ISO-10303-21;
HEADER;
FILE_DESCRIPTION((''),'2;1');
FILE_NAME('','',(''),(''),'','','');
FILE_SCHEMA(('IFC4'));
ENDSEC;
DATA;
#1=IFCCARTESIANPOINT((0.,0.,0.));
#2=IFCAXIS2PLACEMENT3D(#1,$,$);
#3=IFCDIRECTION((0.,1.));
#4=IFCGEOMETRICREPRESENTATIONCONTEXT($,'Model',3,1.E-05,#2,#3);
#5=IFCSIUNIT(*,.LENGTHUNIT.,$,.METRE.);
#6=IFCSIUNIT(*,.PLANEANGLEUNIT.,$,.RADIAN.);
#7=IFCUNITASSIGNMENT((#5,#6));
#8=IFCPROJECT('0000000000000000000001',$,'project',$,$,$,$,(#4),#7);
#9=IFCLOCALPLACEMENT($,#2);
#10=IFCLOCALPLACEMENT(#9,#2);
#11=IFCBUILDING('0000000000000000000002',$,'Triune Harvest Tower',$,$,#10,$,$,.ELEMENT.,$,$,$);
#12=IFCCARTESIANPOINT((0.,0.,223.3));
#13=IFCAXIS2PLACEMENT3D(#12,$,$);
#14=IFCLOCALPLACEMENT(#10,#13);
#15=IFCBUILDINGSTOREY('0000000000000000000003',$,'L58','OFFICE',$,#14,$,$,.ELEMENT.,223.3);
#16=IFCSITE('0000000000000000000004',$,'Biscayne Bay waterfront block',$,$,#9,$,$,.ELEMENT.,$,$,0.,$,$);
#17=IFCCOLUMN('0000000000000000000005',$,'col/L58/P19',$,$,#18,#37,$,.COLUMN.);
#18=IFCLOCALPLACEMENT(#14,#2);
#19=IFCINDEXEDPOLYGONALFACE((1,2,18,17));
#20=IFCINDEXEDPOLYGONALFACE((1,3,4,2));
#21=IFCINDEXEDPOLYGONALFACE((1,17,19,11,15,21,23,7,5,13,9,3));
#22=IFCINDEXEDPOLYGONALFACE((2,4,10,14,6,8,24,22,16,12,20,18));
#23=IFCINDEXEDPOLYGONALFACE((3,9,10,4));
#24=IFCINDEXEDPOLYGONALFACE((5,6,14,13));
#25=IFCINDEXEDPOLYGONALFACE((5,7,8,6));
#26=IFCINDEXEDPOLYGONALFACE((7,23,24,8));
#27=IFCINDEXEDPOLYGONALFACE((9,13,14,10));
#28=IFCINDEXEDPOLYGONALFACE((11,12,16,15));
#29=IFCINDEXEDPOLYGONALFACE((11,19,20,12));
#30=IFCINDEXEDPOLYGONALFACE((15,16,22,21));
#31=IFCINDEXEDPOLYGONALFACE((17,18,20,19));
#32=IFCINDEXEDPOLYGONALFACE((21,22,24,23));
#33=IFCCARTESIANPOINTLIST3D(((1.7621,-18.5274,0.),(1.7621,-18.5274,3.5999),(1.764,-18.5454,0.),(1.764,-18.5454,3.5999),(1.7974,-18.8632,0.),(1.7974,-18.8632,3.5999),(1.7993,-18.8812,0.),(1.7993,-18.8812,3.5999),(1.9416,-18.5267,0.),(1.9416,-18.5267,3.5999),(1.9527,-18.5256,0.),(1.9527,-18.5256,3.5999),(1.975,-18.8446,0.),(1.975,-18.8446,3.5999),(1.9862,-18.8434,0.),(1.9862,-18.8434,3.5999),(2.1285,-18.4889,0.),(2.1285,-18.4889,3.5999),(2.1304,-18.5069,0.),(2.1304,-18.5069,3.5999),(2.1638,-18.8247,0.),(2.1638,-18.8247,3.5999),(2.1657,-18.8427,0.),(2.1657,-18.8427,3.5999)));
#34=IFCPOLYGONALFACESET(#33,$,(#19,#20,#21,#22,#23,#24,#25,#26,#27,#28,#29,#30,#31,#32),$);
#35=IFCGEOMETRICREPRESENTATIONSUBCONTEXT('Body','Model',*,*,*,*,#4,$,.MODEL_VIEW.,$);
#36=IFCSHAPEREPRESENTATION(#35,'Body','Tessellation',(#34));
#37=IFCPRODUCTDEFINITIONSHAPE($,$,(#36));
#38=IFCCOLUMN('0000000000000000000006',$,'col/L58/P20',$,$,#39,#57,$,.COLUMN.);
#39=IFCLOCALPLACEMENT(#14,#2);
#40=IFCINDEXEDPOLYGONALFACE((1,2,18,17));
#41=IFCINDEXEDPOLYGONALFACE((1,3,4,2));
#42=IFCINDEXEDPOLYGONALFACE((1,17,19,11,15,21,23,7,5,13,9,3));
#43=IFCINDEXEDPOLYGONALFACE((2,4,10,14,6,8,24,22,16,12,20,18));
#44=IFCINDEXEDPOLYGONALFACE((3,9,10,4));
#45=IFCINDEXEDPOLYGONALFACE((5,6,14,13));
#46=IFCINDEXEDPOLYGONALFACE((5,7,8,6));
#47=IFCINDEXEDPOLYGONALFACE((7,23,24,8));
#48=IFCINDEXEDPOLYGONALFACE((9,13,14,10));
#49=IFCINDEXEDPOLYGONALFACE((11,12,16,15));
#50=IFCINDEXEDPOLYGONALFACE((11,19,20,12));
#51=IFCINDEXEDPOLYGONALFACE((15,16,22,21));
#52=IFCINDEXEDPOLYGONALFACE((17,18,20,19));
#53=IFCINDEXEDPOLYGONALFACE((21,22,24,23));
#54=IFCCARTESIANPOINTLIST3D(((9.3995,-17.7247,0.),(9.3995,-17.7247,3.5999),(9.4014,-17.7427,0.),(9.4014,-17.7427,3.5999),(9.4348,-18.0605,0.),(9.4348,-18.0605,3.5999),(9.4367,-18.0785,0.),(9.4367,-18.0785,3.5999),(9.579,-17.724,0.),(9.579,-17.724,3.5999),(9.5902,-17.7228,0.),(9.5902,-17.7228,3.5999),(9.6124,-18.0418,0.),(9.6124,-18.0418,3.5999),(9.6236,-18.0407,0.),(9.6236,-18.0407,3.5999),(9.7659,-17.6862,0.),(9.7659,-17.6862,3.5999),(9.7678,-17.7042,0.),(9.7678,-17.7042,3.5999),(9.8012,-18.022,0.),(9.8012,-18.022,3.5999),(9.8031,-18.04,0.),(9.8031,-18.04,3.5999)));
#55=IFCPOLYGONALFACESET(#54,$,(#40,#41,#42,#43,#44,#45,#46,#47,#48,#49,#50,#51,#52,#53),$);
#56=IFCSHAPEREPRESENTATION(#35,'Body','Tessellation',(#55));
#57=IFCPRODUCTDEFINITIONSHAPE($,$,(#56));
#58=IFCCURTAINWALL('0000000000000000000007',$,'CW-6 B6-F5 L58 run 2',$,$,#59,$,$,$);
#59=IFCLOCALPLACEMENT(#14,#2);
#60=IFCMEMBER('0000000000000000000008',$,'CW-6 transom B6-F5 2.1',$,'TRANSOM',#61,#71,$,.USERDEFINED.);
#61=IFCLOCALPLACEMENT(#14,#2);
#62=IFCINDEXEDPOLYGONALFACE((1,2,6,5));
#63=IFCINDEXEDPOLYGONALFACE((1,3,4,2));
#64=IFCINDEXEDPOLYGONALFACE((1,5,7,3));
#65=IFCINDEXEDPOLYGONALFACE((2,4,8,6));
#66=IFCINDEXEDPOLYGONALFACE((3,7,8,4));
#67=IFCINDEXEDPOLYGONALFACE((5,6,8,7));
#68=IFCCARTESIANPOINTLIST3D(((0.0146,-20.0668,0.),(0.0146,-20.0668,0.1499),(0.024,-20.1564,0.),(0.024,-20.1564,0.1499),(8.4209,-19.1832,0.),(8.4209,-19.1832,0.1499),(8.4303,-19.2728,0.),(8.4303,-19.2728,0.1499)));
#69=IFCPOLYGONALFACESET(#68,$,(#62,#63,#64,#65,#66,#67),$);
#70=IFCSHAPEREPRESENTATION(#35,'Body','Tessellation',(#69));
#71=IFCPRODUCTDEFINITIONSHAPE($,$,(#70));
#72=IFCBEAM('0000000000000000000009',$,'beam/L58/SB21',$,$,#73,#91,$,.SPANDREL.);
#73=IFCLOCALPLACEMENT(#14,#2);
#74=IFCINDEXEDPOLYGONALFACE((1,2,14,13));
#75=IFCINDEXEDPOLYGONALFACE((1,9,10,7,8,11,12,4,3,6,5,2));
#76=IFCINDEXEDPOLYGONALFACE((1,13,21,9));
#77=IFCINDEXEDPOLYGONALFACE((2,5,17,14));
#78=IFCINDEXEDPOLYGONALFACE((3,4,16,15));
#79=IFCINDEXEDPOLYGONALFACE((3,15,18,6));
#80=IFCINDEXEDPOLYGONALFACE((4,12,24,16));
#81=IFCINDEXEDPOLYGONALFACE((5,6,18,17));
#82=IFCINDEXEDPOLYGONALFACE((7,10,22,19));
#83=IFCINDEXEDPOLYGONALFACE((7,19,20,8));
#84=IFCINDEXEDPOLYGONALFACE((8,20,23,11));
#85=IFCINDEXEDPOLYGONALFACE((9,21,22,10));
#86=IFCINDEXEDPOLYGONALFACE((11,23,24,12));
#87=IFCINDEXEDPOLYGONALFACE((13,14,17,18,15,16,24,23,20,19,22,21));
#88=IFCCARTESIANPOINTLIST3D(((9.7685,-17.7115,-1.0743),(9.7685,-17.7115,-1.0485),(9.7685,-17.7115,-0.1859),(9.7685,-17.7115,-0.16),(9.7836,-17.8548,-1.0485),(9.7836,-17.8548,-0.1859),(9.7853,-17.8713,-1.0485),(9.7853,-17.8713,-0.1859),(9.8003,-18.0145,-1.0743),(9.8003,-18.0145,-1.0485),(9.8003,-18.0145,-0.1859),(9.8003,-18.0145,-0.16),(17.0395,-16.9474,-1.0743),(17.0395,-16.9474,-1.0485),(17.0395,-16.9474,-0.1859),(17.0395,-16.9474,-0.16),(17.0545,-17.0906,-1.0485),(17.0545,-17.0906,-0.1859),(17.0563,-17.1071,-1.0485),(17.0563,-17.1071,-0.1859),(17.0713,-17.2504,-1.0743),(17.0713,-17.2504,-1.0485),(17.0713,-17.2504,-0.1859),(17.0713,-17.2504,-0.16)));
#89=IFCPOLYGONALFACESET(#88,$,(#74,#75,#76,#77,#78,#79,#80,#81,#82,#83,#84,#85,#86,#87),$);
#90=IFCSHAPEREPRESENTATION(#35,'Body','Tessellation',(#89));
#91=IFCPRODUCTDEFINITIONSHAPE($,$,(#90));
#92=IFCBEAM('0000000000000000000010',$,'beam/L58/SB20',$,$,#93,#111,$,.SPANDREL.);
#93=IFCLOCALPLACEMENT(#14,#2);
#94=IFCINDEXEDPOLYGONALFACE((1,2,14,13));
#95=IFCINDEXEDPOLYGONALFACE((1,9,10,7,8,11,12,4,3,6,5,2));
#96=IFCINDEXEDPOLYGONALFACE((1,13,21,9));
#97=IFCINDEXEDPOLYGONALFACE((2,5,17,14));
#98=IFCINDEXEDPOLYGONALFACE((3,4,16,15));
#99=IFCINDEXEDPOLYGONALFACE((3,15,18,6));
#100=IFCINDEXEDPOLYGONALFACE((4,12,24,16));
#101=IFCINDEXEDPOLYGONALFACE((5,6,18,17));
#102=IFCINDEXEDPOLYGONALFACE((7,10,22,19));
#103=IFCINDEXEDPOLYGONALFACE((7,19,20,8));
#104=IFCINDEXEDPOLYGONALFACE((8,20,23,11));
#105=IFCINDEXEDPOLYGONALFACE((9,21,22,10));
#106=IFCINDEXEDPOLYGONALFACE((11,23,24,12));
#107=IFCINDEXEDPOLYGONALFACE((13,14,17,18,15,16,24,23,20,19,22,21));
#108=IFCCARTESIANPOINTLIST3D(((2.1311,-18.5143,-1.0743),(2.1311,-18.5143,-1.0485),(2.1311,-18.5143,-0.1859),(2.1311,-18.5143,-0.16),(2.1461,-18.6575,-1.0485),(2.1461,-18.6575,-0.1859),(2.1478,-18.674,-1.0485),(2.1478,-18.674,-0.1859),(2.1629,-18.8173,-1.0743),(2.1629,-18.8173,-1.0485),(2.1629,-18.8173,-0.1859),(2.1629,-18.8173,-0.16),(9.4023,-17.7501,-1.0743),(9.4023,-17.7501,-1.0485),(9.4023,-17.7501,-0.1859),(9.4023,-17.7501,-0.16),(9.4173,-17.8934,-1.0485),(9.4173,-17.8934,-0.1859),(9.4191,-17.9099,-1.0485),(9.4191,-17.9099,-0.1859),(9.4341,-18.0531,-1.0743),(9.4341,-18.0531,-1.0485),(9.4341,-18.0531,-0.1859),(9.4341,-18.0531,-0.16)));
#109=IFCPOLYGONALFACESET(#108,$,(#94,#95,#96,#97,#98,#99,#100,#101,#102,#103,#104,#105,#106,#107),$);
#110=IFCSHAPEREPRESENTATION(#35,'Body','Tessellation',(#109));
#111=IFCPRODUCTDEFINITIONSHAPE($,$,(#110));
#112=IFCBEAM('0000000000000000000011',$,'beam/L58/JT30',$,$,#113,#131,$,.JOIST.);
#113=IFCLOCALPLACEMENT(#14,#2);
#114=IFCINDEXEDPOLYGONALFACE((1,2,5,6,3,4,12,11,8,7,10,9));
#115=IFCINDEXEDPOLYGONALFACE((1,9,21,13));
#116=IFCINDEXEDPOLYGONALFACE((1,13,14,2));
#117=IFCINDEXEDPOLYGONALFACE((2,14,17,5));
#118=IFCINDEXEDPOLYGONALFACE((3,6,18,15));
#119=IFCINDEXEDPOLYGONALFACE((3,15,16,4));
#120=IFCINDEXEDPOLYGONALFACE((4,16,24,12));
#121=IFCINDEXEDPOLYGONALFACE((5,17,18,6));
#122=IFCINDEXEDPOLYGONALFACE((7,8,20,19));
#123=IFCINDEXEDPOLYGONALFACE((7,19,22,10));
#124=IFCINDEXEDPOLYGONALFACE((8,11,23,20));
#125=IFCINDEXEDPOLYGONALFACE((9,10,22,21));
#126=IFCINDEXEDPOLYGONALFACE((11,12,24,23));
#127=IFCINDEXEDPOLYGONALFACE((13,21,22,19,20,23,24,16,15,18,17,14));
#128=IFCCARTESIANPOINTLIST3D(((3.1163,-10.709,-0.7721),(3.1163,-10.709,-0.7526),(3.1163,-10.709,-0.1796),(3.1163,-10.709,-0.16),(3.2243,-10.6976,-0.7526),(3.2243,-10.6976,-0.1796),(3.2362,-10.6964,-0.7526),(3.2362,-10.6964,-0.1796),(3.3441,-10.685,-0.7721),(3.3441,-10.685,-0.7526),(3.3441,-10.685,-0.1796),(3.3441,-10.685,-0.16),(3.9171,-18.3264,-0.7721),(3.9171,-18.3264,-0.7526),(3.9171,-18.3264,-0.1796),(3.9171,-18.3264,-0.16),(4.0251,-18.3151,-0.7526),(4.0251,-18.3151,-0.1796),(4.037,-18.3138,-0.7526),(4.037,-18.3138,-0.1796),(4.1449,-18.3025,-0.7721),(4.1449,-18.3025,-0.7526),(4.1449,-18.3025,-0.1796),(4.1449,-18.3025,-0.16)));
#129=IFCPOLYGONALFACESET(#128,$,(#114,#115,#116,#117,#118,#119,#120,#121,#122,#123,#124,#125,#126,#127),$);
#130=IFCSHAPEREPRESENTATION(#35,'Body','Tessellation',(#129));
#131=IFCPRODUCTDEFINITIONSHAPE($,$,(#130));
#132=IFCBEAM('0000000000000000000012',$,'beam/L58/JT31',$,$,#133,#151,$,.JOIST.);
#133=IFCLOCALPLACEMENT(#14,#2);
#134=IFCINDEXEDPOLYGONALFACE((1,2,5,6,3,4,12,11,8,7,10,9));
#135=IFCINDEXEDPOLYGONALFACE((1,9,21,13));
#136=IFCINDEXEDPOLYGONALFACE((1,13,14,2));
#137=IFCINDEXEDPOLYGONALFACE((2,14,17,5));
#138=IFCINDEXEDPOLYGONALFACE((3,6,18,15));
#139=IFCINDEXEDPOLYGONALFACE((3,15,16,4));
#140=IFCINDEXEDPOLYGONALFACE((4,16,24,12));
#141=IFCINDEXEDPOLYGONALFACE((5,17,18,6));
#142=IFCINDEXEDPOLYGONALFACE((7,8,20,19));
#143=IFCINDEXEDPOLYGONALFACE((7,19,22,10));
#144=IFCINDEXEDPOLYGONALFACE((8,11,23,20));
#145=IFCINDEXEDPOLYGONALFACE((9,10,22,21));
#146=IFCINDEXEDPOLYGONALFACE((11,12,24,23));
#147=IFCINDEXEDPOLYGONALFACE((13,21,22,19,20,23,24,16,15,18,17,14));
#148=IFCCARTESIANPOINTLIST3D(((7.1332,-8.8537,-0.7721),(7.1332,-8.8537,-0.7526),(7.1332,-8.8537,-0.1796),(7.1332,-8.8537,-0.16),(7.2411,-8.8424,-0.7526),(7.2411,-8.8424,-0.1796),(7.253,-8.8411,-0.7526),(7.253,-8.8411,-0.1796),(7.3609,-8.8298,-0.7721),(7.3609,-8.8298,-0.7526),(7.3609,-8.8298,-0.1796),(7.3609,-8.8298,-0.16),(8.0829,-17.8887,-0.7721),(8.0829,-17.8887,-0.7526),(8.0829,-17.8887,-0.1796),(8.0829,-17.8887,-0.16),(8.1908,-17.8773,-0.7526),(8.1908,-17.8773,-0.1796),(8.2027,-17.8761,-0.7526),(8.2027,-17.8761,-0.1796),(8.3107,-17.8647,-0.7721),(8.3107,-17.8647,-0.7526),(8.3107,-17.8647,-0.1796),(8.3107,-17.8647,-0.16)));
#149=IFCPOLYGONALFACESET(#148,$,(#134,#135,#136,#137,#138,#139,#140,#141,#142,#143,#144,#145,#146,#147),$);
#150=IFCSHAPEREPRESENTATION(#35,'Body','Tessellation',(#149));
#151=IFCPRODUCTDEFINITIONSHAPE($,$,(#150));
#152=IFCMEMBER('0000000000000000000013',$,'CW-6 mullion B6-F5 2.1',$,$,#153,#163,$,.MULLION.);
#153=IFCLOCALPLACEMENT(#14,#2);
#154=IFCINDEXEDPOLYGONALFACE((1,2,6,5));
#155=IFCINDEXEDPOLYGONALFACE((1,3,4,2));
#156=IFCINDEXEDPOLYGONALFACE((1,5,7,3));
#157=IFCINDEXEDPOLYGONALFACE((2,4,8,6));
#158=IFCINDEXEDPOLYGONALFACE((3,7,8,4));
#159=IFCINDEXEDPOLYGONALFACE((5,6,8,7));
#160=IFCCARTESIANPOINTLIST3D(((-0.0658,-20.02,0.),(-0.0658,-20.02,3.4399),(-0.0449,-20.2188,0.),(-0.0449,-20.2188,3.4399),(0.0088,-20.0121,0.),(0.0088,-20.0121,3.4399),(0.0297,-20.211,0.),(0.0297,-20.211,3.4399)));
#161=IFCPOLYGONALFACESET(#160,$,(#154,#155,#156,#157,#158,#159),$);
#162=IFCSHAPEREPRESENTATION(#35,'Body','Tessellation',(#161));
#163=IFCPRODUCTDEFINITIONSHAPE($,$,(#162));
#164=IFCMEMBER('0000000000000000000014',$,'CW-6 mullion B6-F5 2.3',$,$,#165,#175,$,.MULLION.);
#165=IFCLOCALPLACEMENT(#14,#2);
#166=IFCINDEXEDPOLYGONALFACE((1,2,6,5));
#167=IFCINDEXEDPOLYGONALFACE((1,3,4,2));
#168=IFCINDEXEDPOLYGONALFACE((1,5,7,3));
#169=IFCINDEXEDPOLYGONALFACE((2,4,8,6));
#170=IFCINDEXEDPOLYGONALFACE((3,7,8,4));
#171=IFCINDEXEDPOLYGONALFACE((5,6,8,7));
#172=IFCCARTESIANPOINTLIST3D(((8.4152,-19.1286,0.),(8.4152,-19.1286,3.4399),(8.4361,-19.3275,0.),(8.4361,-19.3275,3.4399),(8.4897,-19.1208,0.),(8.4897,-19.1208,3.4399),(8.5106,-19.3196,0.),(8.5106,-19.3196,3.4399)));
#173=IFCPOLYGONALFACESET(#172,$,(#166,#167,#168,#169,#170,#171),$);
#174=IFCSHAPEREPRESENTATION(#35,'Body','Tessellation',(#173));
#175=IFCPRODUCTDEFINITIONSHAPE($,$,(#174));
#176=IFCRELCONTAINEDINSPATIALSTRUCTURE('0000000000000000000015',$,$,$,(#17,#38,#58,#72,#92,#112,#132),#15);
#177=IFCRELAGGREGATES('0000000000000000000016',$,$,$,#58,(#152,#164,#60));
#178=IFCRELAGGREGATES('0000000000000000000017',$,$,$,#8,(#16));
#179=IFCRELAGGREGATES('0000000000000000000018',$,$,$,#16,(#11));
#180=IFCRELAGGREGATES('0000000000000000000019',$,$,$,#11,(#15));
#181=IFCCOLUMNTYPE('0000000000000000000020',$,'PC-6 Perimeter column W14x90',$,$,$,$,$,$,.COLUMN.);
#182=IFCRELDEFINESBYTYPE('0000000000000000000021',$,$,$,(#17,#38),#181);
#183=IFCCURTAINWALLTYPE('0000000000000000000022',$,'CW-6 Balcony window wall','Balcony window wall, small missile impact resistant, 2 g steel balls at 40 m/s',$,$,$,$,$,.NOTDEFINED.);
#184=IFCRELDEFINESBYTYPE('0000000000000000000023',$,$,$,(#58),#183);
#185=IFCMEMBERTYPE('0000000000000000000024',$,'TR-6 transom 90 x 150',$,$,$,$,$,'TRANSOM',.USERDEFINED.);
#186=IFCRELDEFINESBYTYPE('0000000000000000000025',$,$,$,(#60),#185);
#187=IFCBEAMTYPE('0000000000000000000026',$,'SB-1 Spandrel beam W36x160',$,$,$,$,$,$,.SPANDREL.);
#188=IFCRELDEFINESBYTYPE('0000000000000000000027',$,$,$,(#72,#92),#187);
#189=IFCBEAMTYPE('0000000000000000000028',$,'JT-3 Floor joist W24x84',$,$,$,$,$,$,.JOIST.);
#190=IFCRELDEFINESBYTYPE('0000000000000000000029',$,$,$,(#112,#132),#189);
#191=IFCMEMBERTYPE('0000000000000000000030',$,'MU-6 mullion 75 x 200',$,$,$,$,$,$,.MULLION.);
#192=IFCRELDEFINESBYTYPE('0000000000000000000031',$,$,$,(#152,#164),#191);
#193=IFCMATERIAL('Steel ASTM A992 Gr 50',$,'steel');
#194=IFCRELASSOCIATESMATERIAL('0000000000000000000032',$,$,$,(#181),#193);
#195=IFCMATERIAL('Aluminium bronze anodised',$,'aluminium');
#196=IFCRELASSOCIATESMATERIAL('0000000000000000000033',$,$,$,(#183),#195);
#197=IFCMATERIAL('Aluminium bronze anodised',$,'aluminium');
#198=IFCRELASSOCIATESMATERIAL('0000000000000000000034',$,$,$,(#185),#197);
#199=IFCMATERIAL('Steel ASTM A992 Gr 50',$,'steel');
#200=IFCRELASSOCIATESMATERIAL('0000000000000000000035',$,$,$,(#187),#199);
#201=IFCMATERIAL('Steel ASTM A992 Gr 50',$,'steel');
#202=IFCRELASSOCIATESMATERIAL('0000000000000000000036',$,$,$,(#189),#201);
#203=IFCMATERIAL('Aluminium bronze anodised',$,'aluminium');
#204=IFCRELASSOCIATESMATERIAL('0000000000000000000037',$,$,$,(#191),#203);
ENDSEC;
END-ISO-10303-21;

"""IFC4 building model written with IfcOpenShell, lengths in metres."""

from ifc_helpers import new_model, si_unit, direction, frame, origin, origin_2d, place, context, subcontext, project, spatial, rectangle, i_section, extrude, source, transform, mapped, material, material_profile, profile_set, type_object, element, aggregate, save


model = new_model("IFC4")

# Units and contexts
model_context = context("Model", 3, precision=1e-05, world=origin(), true_north=direction((0.0, 1.0)))
body_context = subcontext(model_context, "Body", "Model", "MODEL_VIEW")
ifc_project = project(units=[si_unit("LENGTHUNIT", "METRE"), si_unit("PLANEANGLEUNIT", "RADIAN")], contexts=[model_context])

# Site, building, storey
site_placement = place(None, origin())
site = spatial("IfcSite", under=ifc_project, at=site_placement, Name="Biscayne Bay waterfront block", CompositionType="ELEMENT", RefElevation=0.0)
building_placement = place(site_placement, origin())
building = spatial("IfcBuilding", under=site, at=building_placement, Name="Triune Harvest Tower", CompositionType="ELEMENT")
storey_placement = place(building_placement, frame((0.0, 0.0, 223.3)))
storey = spatial("IfcBuildingStorey", under=building, at=storey_placement, Name="L58", Description="OFFICE", CompositionType="ELEMENT", Elevation=223.3)

# Columns
ifc_material_1 = material(Name="Steel ASTM A992 Gr 50", Category="steel")
ifc_material_profile_1 = material_profile(ifc_material_1, i_section(OverallWidth=0.3684, OverallDepth=0.3557, WebThickness=0.0112, FlangeThickness=0.0181, at=origin_2d()), Name="W14x90")
ifc_profile_set_1 = profile_set([ifc_material_profile_1], Name="Steel ASTM A992 Gr 50")
column_type = type_object("IfcColumnType", Name="PC-6 Perimeter column W14x90", PredefinedType="COLUMN", material=ifc_profile_set_1)
shared_shape_1 = source(origin(), body_context, "Body", "SweptSolid", [
    extrude(i_section(OverallWidth=0.3684, OverallDepth=0.3557, WebThickness=0.0112, FlangeThickness=0.0181, at=origin_2d()), origin(), (0.0, 0.0, 1.0), 3.5999),
])
for number, where, z_axis, x_axis, name in (
    (1, (1.9639, -18.6851, 0.0), (0.0, 0.0, 1.0), (0.994522, 0.10453, 0.0), "col/L58/P19"),
    (2, (9.6013, -17.8823, 0.0), (0.0, 0.0, 1.0), (0.994522, 0.10453, 0.0), "col/L58/P20"),
):
    element("IfcColumn", number, at=place(storey_placement, frame(where, z_axis=z_axis, x_axis=x_axis)), inside=storey, type_object=column_type, Name=name, PredefinedType="COLUMN", context=body_context, shape_type="MappedRepresentation", body=[
        mapped(shared_shape_1, transform((0.0, 0.0, 0.0), scale=1.0)),
    ])

# Curtain wall, member
ifc_material_2 = material(Name="Aluminium bronze anodised", Category="aluminium")
curtain_wall_type_1 = type_object("IfcCurtainWallType", Name="CW-6 Balcony window wall", Description="Balcony window wall, small missile impact resistant, 2 g steel balls at 40 m/s", PredefinedType="NOTDEFINED", material=ifc_material_2)
curtain_wall_1_placement = place(storey_placement, origin())
curtain_wall_1 = element("IfcCurtainWall", 3, at=curtain_wall_1_placement, inside=storey, type_object=curtain_wall_type_1, Name="CW-6 B6-F5 L58 run 2")
ifc_material_3 = material(Name="Aluminium bronze anodised", Category="aluminium")
ifc_material_profile_2 = material_profile(ifc_material_3, rectangle(XDim=0.0901, YDim=0.1499, at=origin_2d()), Name="TR-6 transom 90 x 150")
ifc_profile_set_2 = profile_set([ifc_material_profile_2], Name="Aluminium bronze anodised")
member_type_1 = type_object("IfcMemberType", Name="TR-6 transom 90 x 150", ElementType="TRANSOM", PredefinedType="USERDEFINED", material=ifc_profile_set_2)
member_1_placement = place(storey_placement, frame((0.0193, -20.1116, 0.075), z_axis=(0.994522, 0.10453, 0.0), x_axis=(-0.10453, 0.994522, 0.0)))
member_1 = element("IfcMember", 4, at=member_1_placement, type_object=member_type_1, Name="CW-6 transom B6-F5 2.1", ObjectType="TRANSOM", PredefinedType="USERDEFINED", context=body_context, shape_type="SweptSolid", body=[
    extrude(rectangle(XDim=0.0901, YDim=0.1499, at=origin_2d()), origin(), (0.0, 0.0, 1.0), 8.4526),
])

# Beams
ifc_material_4 = material(Name="Steel ASTM A992 Gr 50", Category="steel")
ifc_material_profile_3 = material_profile(ifc_material_4, i_section(OverallWidth=0.3047, OverallDepth=0.9143, WebThickness=0.0166, FlangeThickness=0.0259, at=origin_2d()), Name="W36x160")
ifc_profile_set_3 = profile_set([ifc_material_profile_3], Name="Steel ASTM A992 Gr 50")
beam_type_1 = type_object("IfcBeamType", Name="SB-1 Spandrel beam W36x160", PredefinedType="SPANDREL", material=ifc_profile_set_3)
shared_shape_2 = source(origin(), body_context, "Body", "SweptSolid", [
    extrude(i_section(OverallWidth=0.3047, OverallDepth=0.9143, WebThickness=0.0166, FlangeThickness=0.0259, at=origin_2d()), origin(), (0.0, 0.0, 1.0), 7.311),
])
beam_1_placement = place(storey_placement, frame((9.7844, -17.863, -0.6172), z_axis=(0.994523, 0.104521, 0.0), x_axis=(-0.104521, 0.994523, 0.0)))
element("IfcBeam", 5, at=beam_1_placement, inside=storey, type_object=beam_type_1, Name="beam/L58/SB21", PredefinedType="SPANDREL", context=body_context, shape_type="MappedRepresentation", body=[
    mapped(shared_shape_2, transform((0.0, 0.0, 0.0), scale=1.0)),
])
shared_shape_3 = source(origin(), body_context, "Body", "SweptSolid", [
    extrude(i_section(OverallWidth=0.3047, OverallDepth=0.9143, WebThickness=0.0166, FlangeThickness=0.0259, at=origin_2d()), origin(), (0.0, 0.0, 1.0), 7.3113),
])
beam_2_placement = place(storey_placement, frame((2.147, -18.6658, -0.6172), z_axis=(0.994523, 0.104518, 0.0), x_axis=(-0.104518, 0.994523, 0.0)))
element("IfcBeam", 6, at=beam_2_placement, inside=storey, type_object=beam_type_1, Name="beam/L58/SB20", PredefinedType="SPANDREL", context=body_context, shape_type="MappedRepresentation", body=[
    mapped(shared_shape_3, transform((0.0, 0.0, 0.0), scale=1.0)),
])
ifc_material_5 = material(Name="Steel ASTM A992 Gr 50", Category="steel")
ifc_material_profile_4 = material_profile(ifc_material_5, i_section(OverallWidth=0.229, OverallDepth=0.6121, WebThickness=0.012, FlangeThickness=0.0195, at=origin_2d()), Name="W24x84")
ifc_profile_set_4 = profile_set([ifc_material_profile_4], Name="Steel ASTM A992 Gr 50")
beam_type_2 = type_object("IfcBeamType", Name="JT-3 Floor joist W24x84", PredefinedType="JOIST", material=ifc_profile_set_4)
shared_shape_4 = source(origin(), body_context, "Body", "SweptSolid", [
    extrude(i_section(OverallWidth=0.229, OverallDepth=0.6121, WebThickness=0.012, FlangeThickness=0.0195, at=origin_2d()), origin(), (0.0, 0.0, 1.0), 7.6594),
])
beam_3_placement = place(storey_placement, frame((4.031, -18.3145, -0.4661), z_axis=(-0.104549, 0.99452, 0.0), x_axis=(-0.99452, -0.104549, 0.0)))
element("IfcBeam", 7, at=beam_3_placement, inside=storey, type_object=beam_type_2, Name="beam/L58/JT30", PredefinedType="JOIST", context=body_context, shape_type="MappedRepresentation", body=[
    mapped(shared_shape_4, transform((0.0, 0.0, 0.0), scale=1.0)),
])
shared_shape_5 = source(origin(), body_context, "Body", "SweptSolid", [
    extrude(i_section(OverallWidth=0.229, OverallDepth=0.6121, WebThickness=0.012, FlangeThickness=0.0195, at=origin_2d()), origin(), (0.0, 0.0, 1.0), 9.0847),
])
beam_4_placement = place(storey_placement, frame((8.1968, -17.8767, -0.4661), z_axis=(-0.104539, 0.994521, 0.0), x_axis=(-0.994521, -0.104539, 0.0)))
element("IfcBeam", 8, at=beam_4_placement, inside=storey, type_object=beam_type_2, Name="beam/L58/JT31", PredefinedType="JOIST", context=body_context, shape_type="MappedRepresentation", body=[
    mapped(shared_shape_5, transform((0.0, 0.0, 0.0), scale=1.0)),
])

# Members
ifc_material_6 = material(Name="Aluminium bronze anodised", Category="aluminium")
ifc_material_profile_5 = material_profile(ifc_material_6, rectangle(XDim=0.2, YDim=0.075, at=origin_2d()), Name="MU-6 mullion 75 x 200")
ifc_profile_set_5 = profile_set([ifc_material_profile_5], Name="Aluminium bronze anodised")
member_type_2 = type_object("IfcMemberType", Name="MU-6 mullion 75 x 200", PredefinedType="MULLION", material=ifc_profile_set_5)
shared_shape_6 = source(origin(), body_context, "Body", "SweptSolid", [
    extrude(rectangle(XDim=0.2, YDim=0.075, at=origin_2d()), origin(), (0.0, 0.0, 1.0), 3.4399),
])
member_2_placement = place(storey_placement, frame((-0.0181, -20.1155, 0.0), z_axis=(0.0, 0.0, 1.0), x_axis=(-0.10453, 0.994522, 0.0)))
member_2 = element("IfcMember", 9, at=member_2_placement, type_object=member_type_2, Name="CW-6 mullion B6-F5 2.1", PredefinedType="MULLION", context=body_context, shape_type="MappedRepresentation", body=[
    mapped(shared_shape_6, transform((0.0, 0.0, 0.0), scale=1.0)),
])
member_3_placement = place(storey_placement, frame((8.4629, -19.2241, 0.0), z_axis=(0.0, 0.0, 1.0), x_axis=(-0.10453, 0.994522, 0.0)))
member_3 = element("IfcMember", 10, at=member_3_placement, type_object=member_type_2, Name="CW-6 mullion B6-F5 2.3", PredefinedType="MULLION", context=body_context, shape_type="MappedRepresentation", body=[
    mapped(shared_shape_6, transform((0.0, 0.0, 0.0), scale=1.0)),
])

aggregate(curtain_wall_1, [member_2, member_3, member_1])

save(model, "model.ifc")
